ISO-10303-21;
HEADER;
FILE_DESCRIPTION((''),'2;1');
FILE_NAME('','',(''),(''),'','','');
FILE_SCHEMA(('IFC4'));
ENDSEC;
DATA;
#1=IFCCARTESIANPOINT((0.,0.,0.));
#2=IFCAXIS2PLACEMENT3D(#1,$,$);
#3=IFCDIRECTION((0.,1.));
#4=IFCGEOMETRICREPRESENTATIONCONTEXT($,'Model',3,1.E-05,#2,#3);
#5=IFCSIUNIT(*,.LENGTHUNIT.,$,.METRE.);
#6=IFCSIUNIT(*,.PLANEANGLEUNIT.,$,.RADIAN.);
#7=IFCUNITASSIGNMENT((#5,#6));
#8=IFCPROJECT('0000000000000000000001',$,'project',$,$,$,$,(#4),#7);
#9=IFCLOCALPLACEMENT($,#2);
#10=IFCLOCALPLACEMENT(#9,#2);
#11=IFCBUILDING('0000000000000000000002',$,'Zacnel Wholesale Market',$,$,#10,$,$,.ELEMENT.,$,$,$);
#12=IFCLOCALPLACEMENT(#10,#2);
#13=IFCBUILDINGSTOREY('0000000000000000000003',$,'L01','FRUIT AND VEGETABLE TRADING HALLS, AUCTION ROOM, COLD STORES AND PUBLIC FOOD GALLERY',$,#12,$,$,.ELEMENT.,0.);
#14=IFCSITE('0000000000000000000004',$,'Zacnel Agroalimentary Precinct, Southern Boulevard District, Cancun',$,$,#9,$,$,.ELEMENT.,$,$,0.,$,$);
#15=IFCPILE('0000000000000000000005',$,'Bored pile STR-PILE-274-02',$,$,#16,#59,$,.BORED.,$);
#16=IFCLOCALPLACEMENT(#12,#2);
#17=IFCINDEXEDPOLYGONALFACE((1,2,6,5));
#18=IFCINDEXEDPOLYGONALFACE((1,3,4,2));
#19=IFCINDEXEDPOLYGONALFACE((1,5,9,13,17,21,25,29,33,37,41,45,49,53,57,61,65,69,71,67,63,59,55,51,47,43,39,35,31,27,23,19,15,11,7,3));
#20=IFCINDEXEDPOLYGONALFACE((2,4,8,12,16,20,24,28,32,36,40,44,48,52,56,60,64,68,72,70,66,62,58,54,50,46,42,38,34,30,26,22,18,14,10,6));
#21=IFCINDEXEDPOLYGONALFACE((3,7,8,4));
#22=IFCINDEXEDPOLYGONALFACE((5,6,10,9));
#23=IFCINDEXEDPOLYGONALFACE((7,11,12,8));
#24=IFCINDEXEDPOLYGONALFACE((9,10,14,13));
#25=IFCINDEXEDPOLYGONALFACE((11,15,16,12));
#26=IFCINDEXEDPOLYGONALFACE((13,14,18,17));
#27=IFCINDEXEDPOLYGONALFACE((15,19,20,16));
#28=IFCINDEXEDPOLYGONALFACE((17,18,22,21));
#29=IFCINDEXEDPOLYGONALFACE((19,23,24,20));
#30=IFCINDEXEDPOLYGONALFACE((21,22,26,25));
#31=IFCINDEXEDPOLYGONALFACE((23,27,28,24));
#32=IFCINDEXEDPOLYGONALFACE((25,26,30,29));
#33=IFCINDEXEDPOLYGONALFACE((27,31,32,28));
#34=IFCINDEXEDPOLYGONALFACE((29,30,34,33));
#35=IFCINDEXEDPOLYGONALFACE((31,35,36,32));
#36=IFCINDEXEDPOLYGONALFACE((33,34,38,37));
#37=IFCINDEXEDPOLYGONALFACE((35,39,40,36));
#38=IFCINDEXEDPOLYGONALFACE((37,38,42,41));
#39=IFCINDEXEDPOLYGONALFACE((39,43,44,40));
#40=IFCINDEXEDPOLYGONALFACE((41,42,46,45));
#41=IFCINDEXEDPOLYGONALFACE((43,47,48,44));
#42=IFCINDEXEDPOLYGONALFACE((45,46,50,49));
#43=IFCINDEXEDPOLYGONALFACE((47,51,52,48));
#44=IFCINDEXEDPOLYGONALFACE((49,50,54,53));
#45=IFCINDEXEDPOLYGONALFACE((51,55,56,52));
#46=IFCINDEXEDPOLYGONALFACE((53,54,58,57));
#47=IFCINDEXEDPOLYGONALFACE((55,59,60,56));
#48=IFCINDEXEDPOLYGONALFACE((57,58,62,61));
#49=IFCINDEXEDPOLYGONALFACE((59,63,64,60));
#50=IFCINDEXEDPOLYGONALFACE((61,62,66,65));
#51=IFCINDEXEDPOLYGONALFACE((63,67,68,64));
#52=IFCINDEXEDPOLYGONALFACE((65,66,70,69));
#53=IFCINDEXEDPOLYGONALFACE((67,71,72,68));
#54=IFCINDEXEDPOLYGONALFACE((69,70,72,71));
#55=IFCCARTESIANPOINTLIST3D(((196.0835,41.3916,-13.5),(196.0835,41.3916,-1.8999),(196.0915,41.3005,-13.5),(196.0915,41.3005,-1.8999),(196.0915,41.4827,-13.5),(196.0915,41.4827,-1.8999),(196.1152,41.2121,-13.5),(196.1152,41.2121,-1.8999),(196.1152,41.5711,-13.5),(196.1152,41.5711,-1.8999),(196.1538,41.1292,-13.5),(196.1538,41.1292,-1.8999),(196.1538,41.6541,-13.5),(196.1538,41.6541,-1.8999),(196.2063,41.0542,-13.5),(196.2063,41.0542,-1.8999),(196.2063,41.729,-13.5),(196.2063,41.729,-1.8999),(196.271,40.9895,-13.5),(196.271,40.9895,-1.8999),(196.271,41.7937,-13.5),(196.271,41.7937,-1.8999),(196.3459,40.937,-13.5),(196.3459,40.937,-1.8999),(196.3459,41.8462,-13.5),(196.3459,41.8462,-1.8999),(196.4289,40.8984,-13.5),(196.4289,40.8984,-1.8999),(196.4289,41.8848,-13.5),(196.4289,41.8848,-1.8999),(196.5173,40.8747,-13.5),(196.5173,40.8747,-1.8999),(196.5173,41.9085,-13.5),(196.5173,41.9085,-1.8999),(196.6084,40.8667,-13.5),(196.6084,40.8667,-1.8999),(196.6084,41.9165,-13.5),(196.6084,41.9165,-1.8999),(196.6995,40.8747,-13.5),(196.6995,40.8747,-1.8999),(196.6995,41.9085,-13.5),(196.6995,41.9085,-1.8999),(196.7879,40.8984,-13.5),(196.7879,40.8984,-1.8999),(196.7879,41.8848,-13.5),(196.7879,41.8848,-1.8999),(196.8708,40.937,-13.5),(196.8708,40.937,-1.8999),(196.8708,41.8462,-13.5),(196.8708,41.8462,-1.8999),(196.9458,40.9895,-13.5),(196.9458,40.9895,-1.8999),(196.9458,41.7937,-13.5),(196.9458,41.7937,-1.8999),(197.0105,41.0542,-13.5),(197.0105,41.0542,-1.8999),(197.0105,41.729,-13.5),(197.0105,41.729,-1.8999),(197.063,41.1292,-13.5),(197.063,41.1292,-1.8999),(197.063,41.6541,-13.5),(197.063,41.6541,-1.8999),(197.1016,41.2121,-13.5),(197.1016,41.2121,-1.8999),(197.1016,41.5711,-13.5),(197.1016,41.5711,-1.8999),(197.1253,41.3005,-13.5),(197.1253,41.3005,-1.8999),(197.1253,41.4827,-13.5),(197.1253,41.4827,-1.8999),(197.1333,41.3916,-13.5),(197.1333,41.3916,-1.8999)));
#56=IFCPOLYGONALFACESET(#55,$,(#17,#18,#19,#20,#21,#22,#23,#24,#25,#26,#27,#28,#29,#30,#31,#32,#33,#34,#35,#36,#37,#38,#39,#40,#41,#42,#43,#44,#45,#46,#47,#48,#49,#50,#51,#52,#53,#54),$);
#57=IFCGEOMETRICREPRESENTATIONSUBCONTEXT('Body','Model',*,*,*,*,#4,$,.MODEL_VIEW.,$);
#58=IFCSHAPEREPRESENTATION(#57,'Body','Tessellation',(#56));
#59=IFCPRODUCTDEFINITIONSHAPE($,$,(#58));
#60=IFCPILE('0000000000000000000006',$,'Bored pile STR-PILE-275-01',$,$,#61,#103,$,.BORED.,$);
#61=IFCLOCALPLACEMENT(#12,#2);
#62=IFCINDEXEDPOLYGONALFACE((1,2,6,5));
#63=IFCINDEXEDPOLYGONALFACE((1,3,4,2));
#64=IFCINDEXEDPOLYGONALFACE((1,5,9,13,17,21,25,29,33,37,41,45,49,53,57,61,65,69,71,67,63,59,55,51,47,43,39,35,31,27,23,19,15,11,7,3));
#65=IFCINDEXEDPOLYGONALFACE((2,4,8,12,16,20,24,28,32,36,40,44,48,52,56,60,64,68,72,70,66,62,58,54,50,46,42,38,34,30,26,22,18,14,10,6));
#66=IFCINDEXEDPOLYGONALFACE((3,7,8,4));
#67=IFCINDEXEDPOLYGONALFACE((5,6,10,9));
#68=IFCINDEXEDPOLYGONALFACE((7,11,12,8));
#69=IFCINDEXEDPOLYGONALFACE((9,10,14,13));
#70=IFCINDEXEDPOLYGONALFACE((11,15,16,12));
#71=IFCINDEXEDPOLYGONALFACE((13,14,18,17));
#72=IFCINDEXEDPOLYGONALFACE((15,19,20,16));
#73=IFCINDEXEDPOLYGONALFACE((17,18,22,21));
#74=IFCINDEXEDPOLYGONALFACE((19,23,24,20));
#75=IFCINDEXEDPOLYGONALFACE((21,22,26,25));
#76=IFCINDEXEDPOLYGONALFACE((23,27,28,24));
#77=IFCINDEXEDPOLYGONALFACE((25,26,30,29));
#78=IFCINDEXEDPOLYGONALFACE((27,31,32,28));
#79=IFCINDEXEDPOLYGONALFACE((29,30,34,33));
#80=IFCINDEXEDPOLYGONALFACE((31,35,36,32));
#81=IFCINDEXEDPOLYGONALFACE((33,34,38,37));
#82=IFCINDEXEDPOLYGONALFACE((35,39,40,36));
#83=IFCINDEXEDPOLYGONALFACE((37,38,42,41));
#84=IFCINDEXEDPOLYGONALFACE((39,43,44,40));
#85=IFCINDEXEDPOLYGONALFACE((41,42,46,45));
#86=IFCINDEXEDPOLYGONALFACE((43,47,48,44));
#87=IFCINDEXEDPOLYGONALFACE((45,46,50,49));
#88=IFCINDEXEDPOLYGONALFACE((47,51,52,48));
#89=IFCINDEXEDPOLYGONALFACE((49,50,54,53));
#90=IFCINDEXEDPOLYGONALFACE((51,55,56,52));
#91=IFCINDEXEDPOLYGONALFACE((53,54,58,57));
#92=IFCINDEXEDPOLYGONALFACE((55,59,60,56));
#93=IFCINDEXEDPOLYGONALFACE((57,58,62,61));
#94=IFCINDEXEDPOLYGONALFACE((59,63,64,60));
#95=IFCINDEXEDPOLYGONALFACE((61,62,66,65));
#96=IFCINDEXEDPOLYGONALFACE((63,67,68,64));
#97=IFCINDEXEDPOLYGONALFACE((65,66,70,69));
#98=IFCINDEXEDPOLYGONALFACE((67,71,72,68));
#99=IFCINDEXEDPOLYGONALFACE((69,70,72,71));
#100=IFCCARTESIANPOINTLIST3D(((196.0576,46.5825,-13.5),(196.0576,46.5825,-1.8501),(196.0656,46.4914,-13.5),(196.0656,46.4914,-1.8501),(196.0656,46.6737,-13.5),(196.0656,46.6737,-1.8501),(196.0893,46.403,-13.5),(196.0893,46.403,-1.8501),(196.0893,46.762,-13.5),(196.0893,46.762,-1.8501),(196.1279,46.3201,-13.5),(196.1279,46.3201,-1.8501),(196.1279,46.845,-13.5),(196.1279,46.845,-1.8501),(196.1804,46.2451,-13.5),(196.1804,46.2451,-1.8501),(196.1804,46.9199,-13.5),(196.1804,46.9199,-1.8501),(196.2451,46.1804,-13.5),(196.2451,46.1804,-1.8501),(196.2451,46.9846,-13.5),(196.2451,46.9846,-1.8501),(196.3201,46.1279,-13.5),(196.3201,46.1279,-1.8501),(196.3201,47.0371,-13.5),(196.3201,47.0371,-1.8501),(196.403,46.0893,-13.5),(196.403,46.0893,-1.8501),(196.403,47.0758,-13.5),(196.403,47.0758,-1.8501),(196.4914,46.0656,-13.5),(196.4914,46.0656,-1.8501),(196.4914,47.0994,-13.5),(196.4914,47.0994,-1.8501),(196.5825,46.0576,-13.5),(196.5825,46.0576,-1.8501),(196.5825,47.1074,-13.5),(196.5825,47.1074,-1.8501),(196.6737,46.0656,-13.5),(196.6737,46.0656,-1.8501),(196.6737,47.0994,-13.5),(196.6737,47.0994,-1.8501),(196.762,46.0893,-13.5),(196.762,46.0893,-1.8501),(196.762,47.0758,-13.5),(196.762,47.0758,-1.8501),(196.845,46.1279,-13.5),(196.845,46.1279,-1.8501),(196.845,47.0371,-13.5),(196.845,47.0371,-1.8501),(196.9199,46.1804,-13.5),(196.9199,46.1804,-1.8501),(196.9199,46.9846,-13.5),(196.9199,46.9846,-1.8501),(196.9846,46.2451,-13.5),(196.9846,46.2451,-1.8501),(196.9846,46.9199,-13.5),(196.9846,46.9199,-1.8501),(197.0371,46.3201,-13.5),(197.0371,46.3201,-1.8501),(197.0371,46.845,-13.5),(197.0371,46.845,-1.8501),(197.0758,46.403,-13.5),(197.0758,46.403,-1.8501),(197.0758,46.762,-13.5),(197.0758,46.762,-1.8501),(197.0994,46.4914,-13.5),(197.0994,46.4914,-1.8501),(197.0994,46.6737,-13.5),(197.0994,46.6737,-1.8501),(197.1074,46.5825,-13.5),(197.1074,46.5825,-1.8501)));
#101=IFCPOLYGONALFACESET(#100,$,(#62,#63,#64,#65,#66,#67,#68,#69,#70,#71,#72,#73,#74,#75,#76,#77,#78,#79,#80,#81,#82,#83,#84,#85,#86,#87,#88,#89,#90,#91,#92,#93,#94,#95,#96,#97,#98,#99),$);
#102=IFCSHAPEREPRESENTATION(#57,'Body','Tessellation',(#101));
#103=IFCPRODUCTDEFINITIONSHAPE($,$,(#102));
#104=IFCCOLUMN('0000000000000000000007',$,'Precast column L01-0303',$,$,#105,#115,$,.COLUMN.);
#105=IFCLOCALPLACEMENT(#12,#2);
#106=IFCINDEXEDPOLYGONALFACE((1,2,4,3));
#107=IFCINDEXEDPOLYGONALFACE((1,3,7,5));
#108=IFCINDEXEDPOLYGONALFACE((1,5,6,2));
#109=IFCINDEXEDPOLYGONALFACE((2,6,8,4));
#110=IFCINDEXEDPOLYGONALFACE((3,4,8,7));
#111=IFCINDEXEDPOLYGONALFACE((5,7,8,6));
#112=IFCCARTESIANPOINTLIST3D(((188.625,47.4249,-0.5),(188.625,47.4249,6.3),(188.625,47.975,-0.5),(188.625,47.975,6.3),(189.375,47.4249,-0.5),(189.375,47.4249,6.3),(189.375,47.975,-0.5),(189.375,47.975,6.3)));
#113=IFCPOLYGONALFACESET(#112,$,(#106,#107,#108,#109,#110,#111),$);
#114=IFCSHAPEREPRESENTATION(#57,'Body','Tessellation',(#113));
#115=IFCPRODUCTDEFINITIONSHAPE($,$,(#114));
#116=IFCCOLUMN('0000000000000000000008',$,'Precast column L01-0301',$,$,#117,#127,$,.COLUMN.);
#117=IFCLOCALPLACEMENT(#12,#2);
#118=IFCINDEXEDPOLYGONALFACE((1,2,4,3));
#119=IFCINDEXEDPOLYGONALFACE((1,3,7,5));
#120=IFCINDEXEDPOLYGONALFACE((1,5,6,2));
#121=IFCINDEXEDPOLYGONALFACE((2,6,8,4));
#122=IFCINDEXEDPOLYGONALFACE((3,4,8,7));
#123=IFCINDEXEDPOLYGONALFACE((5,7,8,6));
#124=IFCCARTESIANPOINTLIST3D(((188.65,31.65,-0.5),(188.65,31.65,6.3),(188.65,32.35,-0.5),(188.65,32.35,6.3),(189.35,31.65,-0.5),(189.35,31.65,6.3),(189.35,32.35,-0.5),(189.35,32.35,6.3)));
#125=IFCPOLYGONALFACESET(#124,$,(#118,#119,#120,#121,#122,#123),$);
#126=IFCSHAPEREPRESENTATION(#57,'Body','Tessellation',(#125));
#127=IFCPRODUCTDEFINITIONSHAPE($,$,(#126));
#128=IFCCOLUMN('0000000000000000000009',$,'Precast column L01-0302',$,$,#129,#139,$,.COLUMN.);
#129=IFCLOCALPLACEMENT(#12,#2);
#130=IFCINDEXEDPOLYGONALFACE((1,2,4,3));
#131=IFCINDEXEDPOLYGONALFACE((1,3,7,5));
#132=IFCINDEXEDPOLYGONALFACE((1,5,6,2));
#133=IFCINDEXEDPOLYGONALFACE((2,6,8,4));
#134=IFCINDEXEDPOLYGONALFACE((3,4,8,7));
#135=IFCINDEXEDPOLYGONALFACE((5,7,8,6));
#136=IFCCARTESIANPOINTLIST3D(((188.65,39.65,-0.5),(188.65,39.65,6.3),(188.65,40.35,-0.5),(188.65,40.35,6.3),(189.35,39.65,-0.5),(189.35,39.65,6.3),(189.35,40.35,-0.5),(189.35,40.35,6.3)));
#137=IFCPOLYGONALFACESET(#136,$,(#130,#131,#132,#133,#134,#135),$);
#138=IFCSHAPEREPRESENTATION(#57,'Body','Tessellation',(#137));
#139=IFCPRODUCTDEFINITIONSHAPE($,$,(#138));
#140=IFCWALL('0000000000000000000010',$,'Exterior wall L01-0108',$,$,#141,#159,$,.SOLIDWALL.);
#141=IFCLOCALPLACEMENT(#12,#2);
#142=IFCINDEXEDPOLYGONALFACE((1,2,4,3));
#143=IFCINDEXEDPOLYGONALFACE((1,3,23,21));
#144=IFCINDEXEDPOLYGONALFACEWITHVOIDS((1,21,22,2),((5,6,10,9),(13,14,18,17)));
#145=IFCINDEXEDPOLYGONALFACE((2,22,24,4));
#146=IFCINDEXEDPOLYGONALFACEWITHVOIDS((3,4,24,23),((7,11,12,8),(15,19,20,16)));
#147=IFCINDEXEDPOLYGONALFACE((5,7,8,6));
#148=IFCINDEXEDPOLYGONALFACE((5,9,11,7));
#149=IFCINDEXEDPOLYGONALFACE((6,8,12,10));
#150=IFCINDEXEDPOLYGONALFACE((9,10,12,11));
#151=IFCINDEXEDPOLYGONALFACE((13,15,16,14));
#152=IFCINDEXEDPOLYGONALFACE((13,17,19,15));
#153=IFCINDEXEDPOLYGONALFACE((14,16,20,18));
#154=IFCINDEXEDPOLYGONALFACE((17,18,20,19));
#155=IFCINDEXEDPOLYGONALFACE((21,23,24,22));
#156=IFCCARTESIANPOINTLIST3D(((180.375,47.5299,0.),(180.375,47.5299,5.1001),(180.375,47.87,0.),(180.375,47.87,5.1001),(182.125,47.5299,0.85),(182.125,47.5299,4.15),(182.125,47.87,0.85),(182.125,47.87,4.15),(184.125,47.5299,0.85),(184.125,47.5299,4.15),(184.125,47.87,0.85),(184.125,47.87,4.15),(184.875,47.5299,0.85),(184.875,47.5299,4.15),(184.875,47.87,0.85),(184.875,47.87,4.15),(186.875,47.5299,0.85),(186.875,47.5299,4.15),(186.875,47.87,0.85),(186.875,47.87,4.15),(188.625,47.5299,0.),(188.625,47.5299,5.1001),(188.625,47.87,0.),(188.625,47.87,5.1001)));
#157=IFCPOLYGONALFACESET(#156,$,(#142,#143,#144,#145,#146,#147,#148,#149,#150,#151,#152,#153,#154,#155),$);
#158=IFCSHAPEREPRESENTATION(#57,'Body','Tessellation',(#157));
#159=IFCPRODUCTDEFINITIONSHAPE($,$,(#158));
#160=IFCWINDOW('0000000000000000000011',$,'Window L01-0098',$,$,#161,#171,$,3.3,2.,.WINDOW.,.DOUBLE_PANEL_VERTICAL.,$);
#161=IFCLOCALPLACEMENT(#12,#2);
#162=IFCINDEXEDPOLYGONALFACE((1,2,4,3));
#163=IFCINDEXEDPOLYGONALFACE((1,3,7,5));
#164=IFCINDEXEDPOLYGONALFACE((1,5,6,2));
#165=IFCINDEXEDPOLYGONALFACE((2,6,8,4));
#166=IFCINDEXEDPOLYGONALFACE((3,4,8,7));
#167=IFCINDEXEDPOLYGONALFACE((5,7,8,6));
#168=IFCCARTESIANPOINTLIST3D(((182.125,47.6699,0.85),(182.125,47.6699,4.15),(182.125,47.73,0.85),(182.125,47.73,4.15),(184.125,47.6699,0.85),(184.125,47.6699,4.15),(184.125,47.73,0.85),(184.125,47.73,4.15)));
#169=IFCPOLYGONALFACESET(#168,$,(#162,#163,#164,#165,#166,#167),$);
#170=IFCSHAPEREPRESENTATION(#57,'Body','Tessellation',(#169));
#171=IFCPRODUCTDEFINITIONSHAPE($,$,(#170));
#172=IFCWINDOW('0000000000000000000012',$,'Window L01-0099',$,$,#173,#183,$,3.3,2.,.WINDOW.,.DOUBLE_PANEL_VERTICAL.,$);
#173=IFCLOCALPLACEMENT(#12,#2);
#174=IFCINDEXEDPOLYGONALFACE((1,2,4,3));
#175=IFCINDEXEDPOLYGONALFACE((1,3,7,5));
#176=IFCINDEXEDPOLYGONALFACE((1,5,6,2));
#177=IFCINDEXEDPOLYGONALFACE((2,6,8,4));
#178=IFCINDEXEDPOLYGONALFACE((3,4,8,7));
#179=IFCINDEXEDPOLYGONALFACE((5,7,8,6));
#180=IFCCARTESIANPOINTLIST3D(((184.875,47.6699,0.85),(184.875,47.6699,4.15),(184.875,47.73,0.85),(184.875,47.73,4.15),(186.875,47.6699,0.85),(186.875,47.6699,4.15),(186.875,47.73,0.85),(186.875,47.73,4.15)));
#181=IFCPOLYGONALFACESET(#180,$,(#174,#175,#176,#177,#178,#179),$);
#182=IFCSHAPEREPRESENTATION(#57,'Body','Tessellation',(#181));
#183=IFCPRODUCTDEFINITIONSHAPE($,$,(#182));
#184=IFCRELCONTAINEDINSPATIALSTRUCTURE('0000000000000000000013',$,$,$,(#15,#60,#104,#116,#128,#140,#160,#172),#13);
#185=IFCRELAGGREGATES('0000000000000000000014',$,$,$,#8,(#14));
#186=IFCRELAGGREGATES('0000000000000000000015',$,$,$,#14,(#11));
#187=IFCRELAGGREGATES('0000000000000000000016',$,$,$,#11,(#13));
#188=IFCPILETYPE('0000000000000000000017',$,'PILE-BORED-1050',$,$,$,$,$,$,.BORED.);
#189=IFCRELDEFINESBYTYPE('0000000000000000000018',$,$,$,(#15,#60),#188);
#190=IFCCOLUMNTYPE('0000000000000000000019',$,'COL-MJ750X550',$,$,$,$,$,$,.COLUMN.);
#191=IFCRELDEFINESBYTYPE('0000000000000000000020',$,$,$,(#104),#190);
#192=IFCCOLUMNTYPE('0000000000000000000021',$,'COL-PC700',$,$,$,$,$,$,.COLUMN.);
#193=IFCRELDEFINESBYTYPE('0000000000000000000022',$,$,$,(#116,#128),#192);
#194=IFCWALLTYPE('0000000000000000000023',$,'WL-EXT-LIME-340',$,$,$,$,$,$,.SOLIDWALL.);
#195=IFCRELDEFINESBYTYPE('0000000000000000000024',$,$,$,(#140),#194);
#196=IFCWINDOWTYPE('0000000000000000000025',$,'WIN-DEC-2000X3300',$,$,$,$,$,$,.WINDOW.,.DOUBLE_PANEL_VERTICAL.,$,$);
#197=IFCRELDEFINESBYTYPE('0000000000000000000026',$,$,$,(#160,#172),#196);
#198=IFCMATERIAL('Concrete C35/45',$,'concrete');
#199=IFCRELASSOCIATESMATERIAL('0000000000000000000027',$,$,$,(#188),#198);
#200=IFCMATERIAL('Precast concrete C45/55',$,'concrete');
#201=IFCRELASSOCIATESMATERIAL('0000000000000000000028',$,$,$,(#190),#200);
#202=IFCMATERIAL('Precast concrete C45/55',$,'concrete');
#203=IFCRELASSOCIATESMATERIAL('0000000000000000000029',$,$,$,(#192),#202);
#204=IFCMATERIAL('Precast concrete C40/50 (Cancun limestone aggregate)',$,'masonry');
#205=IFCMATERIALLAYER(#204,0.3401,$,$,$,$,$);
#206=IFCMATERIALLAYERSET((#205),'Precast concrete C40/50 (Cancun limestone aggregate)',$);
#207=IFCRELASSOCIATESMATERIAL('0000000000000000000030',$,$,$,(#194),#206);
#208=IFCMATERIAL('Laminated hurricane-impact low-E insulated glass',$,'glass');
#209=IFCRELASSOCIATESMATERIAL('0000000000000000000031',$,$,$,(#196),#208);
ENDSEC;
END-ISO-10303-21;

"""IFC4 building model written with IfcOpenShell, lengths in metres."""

from ifc_helpers import new_model, si_unit, direction, frame, frame_2d, origin, origin_2d, place, context, subcontext, project, spatial, rectangle, circle, extrude, material, layer, layer_set, material_profile, profile_set, type_object, element, fill, save


model = new_model("IFC4")

# Units and contexts
model_context = context("Model", 3, precision=1e-05, world=origin(), true_north=direction((0.0, 1.0)))
body_context = subcontext(model_context, "Body", "Model", "MODEL_VIEW")
ifc_project = project(units=[si_unit("LENGTHUNIT", "METRE"), si_unit("PLANEANGLEUNIT", "RADIAN")], contexts=[model_context])

# Site, building, storey
site_placement = place(None, origin())
site = spatial("IfcSite", under=ifc_project, at=site_placement, Name="Zacnel Agroalimentary Precinct, Southern Boulevard District, Cancun", CompositionType="ELEMENT", RefElevation=0.0)
building_placement = place(site_placement, origin())
building = spatial("IfcBuilding", under=site, at=building_placement, Name="Zacnel Wholesale Market", CompositionType="ELEMENT")
storey_placement = place(building_placement, origin())
storey = spatial("IfcBuildingStorey", under=building, at=storey_placement, Name="L01", Description="FRUIT AND VEGETABLE TRADING HALLS, AUCTION ROOM, COLD STORES AND PUBLIC FOOD GALLERY", CompositionType="ELEMENT", Elevation=0.0)

# Piles
ifc_material_1 = material(Name="Concrete C35/45", Category="concrete")
ifc_material_profile_1 = material_profile(ifc_material_1, circle(Radius=0.5249, at=origin_2d()), Name="BORED PILE D1050")
ifc_profile_set_1 = profile_set([ifc_material_profile_1], Name="Concrete C35/45")
pile_type = type_object("IfcPileType", Name="PILE-BORED-1050", PredefinedType="BORED", material=ifc_profile_set_1)
for number, where, z_axis, x_axis, name in (
    (1, (196.6084, 41.3916, -1.8999), (0.0, 0.0, -1.0), (1.0, 0.0, 0.0), "Bored pile STR-PILE-274-02"),
):
    element("IfcPile", number, at=place(storey_placement, frame(where, z_axis=z_axis, x_axis=x_axis)), inside=storey, type_object=pile_type, Name=name, PredefinedType="BORED", context=body_context, shape_type="SweptSolid", body=[
        extrude(circle(Radius=0.5249, at=origin_2d()), origin(), (0.0, 0.0, 1.0), 11.6001),
    ])
pile_1_placement = place(storey_placement, frame((196.5825, 46.5825, -1.8501), z_axis=(0.0, 0.0, -1.0), x_axis=(1.0, 0.0, 0.0)))
element("IfcPile", 2, at=pile_1_placement, inside=storey, type_object=pile_type, Name="Bored pile STR-PILE-275-01", PredefinedType="BORED", context=body_context, shape_type="SweptSolid", body=[
    extrude(circle(Radius=0.5249, at=origin_2d()), origin(), (0.0, 0.0, 1.0), 11.6499),
])

# Columns
ifc_material_2 = material(Name="Precast concrete C45/55", Category="concrete")
ifc_material_profile_2 = material_profile(ifc_material_2, rectangle(XDim=0.75, YDim=0.55, at=origin_2d()), Name="PC 750x550")
ifc_profile_set_2 = profile_set([ifc_material_profile_2], Name="Precast concrete C45/55")
column_type_1 = type_object("IfcColumnType", Name="COL-MJ750X550", PredefinedType="COLUMN", material=ifc_profile_set_2)
column_placement = place(storey_placement, frame((189.0, 47.7, -0.5), z_axis=(0.0, 0.0, 1.0), x_axis=(1.0, 0.0, 0.0)))
element("IfcColumn", 3, at=column_placement, inside=storey, type_object=column_type_1, Name="Precast column L01-0303", PredefinedType="COLUMN", context=body_context, shape_type="SweptSolid", body=[
    extrude(rectangle(XDim=0.75, YDim=0.55, at=origin_2d()), origin(), (0.0, 0.0, 1.0), 6.8),
])
ifc_material_3 = material(Name="Precast concrete C45/55", Category="concrete")
ifc_material_profile_3 = material_profile(ifc_material_3, rectangle(XDim=0.7, YDim=0.7, at=origin_2d()), Name="PC 700x700")
ifc_profile_set_3 = profile_set([ifc_material_profile_3], Name="Precast concrete C45/55")
column_type_2 = type_object("IfcColumnType", Name="COL-PC700", PredefinedType="COLUMN", material=ifc_profile_set_3)
for number, where, z_axis, x_axis, name in (
    (4, (189.0, 32.0, -0.5), (0.0, 0.0, 1.0), (1.0, 0.0, 0.0), "Precast column L01-0301"),
    (5, (189.0, 40.0, -0.5), (0.0, 0.0, 1.0), (1.0, 0.0, 0.0), "Precast column L01-0302"),
):
    element("IfcColumn", number, at=place(storey_placement, frame(where, z_axis=z_axis, x_axis=x_axis)), inside=storey, type_object=column_type_2, Name=name, PredefinedType="COLUMN", context=body_context, shape_type="SweptSolid", body=[
        extrude(rectangle(XDim=0.7, YDim=0.7, at=origin_2d()), origin(), (0.0, 0.0, 1.0), 6.8),
    ])

# Wall, openings, windows
ifc_material_4 = material(Name="Precast concrete C40/50 (Cancun limestone aggregate)", Category="masonry")
ifc_layer_1 = layer(ifc_material_4, 0.3401)
ifc_layer_set_1 = layer_set([ifc_layer_1], Name="Precast concrete C40/50 (Cancun limestone aggregate)")
wall_type_1 = type_object("IfcWallType", Name="WL-EXT-LIME-340", PredefinedType="SOLIDWALL", material=ifc_layer_set_1)
wall_1_placement = place(storey_placement, frame((180.375, 47.7, 0.0), z_axis=(0.0, 0.0, 1.0), x_axis=(1.0, 0.0, 0.0)))
wall_1 = element("IfcWall", 6, at=wall_1_placement, inside=storey, type_object=wall_type_1, Name="Exterior wall L01-0108", PredefinedType="SOLIDWALL", context=body_context, shape_type="SweptSolid", body=[
    extrude(rectangle(XDim=8.25, YDim=0.3401, at=frame_2d((4.125, 0.0))), origin(), (0.0, 0.0, 1.0), 5.1001),
])
opening_1_placement = place(wall_1_placement, frame((1.75, 0.0, 0.8501)))
opening_1 = element("IfcOpeningElement", 7, at=opening_1_placement, cuts=wall_1, PredefinedType="OPENING", context=body_context, shape_type="SweptSolid", body=[
    extrude(rectangle(XDim=2.0, YDim=3.3, at=frame_2d((1.0, 1.6499))), frame((0.0, 0.1799, 0.0), z_axis=(0.0, -1.0, 0.0), x_axis=(1.0, 0.0, 0.0)), (0.0, 0.0, 1.0), 0.3601),
])
opening_2_placement = place(wall_1_placement, frame((4.5, 0.0, 0.8501)))
opening_2 = element("IfcOpeningElement", 8, at=opening_2_placement, cuts=wall_1, PredefinedType="OPENING", context=body_context, shape_type="SweptSolid", body=[
    extrude(rectangle(XDim=2.0, YDim=3.3, at=frame_2d((1.0, 1.6499))), frame((0.0, 0.1799, 0.0), z_axis=(0.0, -1.0, 0.0), x_axis=(1.0, 0.0, 0.0)), (0.0, 0.0, 1.0), 0.3601),
])
ifc_material_5 = material(Name="Laminated hurricane-impact low-E insulated glass", Category="glass")
window_type_1 = type_object("IfcWindowType", Name="WIN-DEC-2000X3300", PartitioningType="DOUBLE_PANEL_VERTICAL", PredefinedType="WINDOW", material=ifc_material_5)
window_1_placement = place(opening_1_placement, origin())
window_1 = element("IfcWindow", 9, at=window_1_placement, inside=storey, type_object=window_type_1, Name="Window L01-0098", OverallHeight=3.3, OverallWidth=2.0, PartitioningType="DOUBLE_PANEL_VERTICAL", PredefinedType="WINDOW", context=body_context, shape_type="SweptSolid", body=[
    extrude(rectangle(XDim=2.0, YDim=3.3, at=frame_2d((1.0, 1.6499))), frame((0.0, 0.03, 0.0), z_axis=(0.0, -1.0, 0.0), x_axis=(1.0, 0.0, 0.0)), (0.0, 0.0, 1.0), 0.0601),
])
fill(opening_1, window_1)
window_2_placement = place(opening_2_placement, origin())
window_2 = element("IfcWindow", 10, at=window_2_placement, inside=storey, type_object=window_type_1, Name="Window L01-0099", OverallHeight=3.3, OverallWidth=2.0, PartitioningType="DOUBLE_PANEL_VERTICAL", PredefinedType="WINDOW", context=body_context, shape_type="SweptSolid", body=[
    extrude(rectangle(XDim=2.0, YDim=3.3, at=frame_2d((1.0, 1.6499))), frame((0.0, 0.03, 0.0), z_axis=(0.0, -1.0, 0.0), x_axis=(1.0, 0.0, 0.0)), (0.0, 0.0, 1.0), 0.0601),
])
fill(opening_2, window_2)

save(model, "model.ifc")
